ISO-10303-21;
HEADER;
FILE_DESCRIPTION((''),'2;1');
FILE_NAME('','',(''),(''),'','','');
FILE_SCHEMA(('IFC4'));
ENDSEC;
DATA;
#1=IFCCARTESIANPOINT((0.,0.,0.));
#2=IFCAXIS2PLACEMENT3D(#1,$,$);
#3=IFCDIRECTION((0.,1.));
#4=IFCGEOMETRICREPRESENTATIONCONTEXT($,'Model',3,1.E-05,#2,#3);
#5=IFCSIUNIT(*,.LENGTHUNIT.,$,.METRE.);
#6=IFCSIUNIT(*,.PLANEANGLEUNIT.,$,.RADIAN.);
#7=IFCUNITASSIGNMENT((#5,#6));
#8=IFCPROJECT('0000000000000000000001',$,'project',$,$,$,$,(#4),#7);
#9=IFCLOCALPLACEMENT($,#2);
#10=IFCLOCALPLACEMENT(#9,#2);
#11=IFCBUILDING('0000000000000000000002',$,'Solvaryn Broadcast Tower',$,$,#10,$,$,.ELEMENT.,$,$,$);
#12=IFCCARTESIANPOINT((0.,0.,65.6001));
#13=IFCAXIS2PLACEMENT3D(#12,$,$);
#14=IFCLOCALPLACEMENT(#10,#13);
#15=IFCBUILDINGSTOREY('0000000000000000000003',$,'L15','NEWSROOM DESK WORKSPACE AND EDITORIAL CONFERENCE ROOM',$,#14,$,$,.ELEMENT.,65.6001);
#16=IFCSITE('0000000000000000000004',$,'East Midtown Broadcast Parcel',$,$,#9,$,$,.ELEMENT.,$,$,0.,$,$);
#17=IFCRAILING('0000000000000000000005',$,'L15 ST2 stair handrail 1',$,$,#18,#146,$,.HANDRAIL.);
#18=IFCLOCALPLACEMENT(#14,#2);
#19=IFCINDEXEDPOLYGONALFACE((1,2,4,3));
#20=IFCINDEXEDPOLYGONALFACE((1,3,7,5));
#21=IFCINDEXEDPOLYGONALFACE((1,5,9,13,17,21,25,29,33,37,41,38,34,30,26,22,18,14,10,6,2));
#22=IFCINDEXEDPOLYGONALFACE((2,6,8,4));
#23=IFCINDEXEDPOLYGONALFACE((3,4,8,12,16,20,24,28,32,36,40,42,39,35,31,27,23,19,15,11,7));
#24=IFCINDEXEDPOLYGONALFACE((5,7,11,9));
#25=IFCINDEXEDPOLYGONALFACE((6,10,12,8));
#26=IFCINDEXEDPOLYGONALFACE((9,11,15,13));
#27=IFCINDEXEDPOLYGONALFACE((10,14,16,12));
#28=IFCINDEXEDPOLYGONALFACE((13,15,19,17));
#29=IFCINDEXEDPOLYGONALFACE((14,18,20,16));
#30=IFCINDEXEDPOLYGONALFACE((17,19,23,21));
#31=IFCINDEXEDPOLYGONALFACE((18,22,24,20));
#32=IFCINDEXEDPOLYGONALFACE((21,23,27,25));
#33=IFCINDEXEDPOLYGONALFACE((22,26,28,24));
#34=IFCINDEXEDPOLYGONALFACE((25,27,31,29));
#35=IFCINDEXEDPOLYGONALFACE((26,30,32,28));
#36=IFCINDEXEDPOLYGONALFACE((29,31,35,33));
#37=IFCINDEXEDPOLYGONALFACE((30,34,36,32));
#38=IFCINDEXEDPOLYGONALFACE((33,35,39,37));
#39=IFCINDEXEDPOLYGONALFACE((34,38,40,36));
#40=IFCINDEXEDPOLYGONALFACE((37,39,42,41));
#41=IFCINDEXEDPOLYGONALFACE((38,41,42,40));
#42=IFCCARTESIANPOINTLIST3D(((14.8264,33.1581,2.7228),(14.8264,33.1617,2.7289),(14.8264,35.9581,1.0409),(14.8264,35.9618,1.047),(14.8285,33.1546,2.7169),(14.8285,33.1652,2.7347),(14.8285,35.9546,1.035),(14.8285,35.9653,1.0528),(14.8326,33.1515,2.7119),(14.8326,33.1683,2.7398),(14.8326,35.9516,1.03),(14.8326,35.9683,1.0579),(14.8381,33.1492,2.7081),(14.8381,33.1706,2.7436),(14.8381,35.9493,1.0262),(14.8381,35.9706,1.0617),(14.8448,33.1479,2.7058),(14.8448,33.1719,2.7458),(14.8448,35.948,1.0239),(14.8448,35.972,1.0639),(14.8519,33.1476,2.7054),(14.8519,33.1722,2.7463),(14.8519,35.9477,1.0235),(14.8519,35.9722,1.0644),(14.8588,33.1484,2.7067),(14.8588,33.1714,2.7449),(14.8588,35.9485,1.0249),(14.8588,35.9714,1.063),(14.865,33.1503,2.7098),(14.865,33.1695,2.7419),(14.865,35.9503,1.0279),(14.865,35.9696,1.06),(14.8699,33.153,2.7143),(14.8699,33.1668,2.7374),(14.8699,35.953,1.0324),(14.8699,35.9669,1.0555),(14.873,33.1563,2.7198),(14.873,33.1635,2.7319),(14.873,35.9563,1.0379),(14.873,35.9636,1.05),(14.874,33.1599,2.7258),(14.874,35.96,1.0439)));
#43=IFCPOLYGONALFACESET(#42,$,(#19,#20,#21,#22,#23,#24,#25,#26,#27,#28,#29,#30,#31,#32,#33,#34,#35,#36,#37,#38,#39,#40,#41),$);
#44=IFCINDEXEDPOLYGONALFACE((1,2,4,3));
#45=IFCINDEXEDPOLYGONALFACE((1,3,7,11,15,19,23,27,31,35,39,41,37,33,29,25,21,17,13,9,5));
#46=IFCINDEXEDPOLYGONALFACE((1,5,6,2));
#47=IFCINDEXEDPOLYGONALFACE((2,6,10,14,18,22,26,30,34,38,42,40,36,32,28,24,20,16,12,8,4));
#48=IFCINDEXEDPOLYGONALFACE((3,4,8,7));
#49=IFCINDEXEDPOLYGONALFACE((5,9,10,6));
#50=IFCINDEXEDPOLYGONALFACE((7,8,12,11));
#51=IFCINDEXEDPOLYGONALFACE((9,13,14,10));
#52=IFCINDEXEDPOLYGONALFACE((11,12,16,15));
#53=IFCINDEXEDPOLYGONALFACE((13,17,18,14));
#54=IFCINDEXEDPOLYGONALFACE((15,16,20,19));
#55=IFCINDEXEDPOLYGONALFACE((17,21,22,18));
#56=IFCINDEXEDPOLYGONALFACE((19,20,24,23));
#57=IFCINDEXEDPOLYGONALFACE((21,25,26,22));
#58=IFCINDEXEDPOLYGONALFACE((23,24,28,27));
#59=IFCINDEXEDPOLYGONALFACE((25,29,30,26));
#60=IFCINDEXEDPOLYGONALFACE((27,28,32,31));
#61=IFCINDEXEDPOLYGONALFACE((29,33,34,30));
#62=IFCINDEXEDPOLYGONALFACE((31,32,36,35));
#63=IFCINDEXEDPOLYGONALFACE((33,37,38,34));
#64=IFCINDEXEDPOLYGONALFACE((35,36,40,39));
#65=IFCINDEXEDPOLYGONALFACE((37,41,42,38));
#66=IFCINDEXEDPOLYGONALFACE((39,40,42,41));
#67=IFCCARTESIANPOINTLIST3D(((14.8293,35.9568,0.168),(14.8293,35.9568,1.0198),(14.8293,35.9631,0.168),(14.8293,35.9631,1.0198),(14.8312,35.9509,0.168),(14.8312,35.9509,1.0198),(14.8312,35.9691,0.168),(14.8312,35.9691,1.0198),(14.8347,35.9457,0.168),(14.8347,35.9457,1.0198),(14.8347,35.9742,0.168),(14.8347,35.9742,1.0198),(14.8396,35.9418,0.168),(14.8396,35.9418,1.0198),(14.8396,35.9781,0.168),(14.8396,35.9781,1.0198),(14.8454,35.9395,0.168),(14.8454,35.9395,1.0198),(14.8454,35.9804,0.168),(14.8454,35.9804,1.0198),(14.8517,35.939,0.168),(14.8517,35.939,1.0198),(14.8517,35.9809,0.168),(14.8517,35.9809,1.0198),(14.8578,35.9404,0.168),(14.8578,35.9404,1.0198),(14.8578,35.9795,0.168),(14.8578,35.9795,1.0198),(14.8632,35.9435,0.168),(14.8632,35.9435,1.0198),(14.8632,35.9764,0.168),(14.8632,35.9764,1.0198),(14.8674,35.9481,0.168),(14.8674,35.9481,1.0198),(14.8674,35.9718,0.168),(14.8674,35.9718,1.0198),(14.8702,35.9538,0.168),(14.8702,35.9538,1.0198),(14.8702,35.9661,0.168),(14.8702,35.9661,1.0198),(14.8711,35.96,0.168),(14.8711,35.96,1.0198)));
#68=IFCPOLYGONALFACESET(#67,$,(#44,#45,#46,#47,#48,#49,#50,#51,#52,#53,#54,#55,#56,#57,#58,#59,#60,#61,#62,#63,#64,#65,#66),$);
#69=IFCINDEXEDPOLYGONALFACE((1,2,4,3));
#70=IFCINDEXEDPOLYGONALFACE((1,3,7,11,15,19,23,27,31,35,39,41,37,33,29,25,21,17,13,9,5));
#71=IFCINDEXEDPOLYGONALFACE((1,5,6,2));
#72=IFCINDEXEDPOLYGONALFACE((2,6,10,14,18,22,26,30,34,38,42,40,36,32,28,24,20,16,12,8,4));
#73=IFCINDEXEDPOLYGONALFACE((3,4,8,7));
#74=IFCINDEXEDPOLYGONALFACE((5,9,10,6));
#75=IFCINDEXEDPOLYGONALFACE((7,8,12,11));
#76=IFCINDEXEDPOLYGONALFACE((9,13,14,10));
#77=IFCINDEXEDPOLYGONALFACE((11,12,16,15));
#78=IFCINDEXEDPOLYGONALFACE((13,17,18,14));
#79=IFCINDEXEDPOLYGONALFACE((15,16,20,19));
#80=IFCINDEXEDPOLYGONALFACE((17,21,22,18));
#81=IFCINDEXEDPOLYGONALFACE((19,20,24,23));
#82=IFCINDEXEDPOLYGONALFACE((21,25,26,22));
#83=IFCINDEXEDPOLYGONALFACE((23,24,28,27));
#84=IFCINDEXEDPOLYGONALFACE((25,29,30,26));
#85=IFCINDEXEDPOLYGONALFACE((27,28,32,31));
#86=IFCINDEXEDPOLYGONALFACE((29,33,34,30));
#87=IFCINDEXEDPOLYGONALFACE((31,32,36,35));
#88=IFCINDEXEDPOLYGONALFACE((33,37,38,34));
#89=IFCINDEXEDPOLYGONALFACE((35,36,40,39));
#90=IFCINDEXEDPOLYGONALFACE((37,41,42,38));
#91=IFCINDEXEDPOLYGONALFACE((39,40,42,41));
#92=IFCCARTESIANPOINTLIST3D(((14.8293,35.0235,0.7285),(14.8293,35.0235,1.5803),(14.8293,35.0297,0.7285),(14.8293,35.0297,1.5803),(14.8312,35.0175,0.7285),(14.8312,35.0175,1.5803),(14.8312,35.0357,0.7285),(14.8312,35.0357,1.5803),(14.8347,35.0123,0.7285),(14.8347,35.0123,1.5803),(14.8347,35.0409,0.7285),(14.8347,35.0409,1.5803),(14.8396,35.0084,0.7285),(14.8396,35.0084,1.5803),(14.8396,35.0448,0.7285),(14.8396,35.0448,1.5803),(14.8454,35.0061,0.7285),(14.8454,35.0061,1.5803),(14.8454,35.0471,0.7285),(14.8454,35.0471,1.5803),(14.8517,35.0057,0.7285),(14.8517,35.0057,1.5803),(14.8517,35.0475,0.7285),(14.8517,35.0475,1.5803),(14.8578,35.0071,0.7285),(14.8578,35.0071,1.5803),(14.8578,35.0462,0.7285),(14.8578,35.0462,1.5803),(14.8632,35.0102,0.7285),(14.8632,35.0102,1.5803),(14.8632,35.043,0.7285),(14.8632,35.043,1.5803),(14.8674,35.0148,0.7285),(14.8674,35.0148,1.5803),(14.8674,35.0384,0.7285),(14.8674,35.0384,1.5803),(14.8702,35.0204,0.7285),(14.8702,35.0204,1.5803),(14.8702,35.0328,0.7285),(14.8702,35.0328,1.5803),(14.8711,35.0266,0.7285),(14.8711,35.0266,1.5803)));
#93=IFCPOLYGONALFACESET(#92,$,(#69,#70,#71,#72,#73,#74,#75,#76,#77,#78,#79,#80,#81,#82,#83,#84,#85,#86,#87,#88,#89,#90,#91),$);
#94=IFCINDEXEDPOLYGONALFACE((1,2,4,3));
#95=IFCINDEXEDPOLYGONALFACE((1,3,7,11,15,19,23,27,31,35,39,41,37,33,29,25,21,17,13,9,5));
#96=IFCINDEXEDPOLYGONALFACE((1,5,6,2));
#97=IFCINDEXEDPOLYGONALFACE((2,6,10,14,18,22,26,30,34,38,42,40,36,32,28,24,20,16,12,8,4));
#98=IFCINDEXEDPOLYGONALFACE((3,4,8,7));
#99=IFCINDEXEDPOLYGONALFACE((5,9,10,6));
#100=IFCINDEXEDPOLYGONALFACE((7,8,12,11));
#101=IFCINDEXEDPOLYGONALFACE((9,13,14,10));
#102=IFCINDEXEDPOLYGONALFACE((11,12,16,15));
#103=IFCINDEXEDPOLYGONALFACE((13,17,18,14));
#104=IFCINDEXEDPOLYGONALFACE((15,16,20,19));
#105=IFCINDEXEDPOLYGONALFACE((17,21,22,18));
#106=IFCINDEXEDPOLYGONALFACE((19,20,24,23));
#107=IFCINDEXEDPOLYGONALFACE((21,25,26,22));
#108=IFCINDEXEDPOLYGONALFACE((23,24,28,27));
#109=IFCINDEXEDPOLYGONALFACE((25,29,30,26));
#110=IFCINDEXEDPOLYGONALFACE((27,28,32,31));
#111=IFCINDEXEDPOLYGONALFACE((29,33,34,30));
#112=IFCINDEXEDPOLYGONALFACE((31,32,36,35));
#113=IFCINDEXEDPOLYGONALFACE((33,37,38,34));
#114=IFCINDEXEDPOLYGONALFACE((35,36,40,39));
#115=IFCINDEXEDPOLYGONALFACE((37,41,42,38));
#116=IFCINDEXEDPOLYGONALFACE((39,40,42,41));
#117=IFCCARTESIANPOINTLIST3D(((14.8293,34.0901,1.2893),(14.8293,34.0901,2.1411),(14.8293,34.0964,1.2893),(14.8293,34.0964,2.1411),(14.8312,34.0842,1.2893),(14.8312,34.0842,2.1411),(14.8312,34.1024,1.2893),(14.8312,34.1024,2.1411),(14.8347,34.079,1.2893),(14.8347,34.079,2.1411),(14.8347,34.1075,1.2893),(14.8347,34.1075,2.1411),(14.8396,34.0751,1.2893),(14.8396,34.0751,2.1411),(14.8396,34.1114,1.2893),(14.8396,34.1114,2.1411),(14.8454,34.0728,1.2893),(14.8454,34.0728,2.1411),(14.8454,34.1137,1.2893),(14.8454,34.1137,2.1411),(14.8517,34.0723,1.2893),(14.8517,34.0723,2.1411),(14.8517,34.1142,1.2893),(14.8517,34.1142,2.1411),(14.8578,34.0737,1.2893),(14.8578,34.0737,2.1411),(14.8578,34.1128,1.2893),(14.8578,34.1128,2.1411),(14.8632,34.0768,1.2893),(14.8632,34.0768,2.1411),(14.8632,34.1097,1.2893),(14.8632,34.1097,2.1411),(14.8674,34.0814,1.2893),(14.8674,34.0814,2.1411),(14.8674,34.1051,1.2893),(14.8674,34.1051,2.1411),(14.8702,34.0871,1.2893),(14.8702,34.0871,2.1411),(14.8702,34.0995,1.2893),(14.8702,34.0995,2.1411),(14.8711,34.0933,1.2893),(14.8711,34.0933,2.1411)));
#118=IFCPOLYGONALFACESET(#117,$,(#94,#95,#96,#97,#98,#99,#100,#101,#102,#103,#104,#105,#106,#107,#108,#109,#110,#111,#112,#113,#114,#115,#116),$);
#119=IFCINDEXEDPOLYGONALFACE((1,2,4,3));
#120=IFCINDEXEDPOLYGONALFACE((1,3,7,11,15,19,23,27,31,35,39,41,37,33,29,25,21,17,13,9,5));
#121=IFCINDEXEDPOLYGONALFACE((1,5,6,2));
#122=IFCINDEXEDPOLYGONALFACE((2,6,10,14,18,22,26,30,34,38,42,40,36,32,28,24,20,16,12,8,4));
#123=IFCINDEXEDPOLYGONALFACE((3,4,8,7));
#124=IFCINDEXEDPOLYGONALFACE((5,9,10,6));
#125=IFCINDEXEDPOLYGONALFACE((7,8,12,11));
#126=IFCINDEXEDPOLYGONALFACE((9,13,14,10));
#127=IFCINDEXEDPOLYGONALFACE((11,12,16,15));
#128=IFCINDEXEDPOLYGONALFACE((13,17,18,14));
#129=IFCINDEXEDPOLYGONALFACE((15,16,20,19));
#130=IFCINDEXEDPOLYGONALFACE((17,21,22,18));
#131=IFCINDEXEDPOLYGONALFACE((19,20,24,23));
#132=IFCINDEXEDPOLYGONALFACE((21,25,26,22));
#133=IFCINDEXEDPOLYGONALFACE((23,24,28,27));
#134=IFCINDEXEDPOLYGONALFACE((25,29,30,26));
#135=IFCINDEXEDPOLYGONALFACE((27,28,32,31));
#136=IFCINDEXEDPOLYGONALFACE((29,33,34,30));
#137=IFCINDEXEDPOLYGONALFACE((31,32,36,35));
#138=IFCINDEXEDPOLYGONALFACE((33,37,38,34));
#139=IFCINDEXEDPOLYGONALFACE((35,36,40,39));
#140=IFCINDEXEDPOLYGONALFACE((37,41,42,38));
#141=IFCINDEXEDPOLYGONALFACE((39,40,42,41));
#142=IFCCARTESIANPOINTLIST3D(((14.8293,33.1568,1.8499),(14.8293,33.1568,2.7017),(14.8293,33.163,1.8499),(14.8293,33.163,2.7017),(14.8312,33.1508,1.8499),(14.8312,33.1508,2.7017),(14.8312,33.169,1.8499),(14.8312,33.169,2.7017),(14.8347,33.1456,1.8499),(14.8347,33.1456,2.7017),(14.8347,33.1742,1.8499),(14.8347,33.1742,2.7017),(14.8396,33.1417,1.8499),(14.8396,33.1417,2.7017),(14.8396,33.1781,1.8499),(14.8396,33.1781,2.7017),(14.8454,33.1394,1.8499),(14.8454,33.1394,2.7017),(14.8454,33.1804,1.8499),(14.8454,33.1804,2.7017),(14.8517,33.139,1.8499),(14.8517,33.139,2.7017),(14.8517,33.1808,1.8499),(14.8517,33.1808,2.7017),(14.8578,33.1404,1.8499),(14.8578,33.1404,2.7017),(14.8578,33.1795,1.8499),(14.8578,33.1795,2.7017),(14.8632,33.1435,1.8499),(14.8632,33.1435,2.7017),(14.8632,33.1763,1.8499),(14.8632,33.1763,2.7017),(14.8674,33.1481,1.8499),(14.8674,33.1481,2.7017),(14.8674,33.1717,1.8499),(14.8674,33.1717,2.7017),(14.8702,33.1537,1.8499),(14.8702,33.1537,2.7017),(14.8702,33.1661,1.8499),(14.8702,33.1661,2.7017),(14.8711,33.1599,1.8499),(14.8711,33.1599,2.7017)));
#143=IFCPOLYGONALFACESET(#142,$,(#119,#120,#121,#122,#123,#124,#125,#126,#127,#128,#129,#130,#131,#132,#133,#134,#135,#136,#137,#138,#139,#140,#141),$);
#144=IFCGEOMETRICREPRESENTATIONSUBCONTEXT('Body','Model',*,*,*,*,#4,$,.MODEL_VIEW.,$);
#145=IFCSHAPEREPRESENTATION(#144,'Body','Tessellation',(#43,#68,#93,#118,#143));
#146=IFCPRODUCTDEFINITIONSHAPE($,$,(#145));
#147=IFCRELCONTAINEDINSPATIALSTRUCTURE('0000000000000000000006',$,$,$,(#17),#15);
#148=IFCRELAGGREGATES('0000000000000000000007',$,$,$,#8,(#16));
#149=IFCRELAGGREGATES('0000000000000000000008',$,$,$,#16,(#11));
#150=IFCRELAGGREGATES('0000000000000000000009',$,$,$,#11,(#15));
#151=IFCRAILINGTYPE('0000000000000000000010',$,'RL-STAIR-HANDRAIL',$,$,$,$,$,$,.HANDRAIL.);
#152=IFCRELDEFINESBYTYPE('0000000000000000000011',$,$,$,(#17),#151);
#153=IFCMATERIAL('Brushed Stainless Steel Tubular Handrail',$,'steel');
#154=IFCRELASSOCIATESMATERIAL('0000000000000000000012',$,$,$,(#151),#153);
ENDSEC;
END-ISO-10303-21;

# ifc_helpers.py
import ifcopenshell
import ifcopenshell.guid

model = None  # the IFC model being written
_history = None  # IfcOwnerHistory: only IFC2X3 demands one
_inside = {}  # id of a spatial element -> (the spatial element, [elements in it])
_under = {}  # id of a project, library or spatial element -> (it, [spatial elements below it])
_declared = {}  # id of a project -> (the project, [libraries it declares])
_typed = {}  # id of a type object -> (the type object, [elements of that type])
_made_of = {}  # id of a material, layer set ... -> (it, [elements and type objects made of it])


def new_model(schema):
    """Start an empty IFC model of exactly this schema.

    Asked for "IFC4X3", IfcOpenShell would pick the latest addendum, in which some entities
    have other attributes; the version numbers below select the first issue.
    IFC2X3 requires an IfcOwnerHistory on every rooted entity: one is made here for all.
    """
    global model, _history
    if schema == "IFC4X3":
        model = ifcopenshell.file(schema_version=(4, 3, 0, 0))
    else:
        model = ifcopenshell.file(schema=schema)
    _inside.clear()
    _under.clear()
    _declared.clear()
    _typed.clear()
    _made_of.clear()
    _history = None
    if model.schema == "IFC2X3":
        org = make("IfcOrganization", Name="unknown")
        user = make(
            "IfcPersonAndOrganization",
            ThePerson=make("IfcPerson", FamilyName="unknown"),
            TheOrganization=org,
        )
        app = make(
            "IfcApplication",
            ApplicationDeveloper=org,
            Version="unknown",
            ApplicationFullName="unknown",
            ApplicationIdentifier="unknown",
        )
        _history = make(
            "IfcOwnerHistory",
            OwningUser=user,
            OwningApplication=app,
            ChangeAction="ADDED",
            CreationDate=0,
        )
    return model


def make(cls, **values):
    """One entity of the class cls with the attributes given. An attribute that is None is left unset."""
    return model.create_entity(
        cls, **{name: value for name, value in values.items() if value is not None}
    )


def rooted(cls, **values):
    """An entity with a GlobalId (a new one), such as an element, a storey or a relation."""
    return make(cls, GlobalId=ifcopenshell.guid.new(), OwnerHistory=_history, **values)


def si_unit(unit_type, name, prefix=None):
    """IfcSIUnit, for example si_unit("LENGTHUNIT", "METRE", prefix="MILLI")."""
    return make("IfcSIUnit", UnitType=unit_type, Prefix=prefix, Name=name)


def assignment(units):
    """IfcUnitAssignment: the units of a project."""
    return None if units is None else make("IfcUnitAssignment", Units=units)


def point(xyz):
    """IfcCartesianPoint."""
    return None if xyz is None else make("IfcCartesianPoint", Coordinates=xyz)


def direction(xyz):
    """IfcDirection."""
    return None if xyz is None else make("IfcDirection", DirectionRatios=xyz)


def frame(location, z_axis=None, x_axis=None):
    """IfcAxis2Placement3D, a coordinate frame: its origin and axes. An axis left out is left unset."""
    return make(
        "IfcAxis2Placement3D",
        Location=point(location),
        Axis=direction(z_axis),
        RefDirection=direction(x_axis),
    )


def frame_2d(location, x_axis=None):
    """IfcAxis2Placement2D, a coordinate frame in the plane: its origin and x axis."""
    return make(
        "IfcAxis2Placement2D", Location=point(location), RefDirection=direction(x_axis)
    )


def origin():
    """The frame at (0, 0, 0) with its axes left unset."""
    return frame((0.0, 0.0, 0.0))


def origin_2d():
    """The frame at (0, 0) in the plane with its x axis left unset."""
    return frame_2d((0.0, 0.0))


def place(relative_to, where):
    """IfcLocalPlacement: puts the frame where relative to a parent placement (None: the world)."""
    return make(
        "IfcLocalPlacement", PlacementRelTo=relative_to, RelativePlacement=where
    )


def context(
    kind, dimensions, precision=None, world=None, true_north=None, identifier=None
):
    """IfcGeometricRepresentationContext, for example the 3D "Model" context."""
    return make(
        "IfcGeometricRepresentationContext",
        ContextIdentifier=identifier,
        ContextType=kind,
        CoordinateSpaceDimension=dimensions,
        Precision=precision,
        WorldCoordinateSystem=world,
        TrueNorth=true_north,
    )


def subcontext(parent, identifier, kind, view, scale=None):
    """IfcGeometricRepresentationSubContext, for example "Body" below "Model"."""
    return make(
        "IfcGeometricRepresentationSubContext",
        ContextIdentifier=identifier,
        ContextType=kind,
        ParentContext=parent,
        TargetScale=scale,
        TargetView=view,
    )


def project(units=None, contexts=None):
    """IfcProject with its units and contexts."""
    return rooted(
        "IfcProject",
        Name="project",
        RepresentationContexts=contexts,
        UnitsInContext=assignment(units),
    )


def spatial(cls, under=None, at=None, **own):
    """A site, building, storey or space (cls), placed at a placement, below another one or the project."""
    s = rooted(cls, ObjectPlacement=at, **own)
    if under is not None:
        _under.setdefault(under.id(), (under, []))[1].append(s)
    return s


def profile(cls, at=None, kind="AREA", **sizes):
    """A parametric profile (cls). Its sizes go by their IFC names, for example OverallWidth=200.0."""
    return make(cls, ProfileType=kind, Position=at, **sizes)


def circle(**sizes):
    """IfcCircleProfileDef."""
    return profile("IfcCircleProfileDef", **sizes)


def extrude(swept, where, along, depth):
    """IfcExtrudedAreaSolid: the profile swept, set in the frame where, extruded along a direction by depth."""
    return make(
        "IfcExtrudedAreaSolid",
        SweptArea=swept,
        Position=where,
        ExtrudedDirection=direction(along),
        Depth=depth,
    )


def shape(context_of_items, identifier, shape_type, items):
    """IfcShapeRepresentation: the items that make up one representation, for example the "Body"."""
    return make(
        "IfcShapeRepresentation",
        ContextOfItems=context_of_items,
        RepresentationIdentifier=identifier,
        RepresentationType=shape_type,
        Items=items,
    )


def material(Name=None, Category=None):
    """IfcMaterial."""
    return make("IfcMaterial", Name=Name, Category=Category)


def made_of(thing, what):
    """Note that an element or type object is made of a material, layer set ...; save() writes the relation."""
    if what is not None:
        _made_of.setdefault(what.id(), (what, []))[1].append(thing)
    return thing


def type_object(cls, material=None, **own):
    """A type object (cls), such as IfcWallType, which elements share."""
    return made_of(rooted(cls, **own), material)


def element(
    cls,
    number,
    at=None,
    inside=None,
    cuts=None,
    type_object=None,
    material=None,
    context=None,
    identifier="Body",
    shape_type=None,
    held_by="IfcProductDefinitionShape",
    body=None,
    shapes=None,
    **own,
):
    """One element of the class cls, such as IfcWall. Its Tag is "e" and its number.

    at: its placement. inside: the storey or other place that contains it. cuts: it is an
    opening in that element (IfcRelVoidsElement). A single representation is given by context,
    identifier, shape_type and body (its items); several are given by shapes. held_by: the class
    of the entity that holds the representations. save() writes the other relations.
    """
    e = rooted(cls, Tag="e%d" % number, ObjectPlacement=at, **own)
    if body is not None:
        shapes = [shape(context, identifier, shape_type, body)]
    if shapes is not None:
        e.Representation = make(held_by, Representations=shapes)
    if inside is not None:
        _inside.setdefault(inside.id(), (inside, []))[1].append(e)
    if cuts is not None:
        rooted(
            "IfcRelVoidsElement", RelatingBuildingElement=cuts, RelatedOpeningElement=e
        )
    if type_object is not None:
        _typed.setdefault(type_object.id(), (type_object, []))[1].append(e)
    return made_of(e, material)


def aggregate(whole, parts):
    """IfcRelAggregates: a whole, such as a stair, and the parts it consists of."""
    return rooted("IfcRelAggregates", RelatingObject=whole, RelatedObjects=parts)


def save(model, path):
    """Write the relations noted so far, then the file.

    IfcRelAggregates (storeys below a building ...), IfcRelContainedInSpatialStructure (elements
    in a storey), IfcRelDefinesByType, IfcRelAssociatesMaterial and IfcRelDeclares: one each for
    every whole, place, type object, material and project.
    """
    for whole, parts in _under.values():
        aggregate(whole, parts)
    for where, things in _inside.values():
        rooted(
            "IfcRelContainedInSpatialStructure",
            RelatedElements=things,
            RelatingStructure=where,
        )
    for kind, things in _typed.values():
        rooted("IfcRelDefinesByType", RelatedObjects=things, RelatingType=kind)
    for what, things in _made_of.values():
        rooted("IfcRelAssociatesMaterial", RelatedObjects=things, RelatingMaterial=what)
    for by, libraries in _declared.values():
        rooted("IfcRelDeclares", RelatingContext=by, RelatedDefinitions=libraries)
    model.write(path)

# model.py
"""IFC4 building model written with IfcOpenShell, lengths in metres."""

from ifc_helpers import new_model, si_unit, direction, frame, origin, origin_2d, place, context, subcontext, project, spatial, circle, extrude, material, type_object, element, save


model = new_model("IFC4")

# Units and contexts
model_context = context("Model", 3, precision=1e-05, world=origin(), true_north=direction((0.0, 1.0)))
body_context = subcontext(model_context, "Body", "Model", "MODEL_VIEW")
ifc_project = project(units=[si_unit("LENGTHUNIT", "METRE"), si_unit("PLANEANGLEUNIT", "RADIAN")], contexts=[model_context])

# Site, building, storey
site_placement = place(None, origin())
site = spatial("IfcSite", under=ifc_project, at=site_placement, Name="East Midtown Broadcast Parcel", CompositionType="ELEMENT", RefElevation=0.0)
building_placement = place(site_placement, origin())
building = spatial("IfcBuilding", under=site, at=building_placement, Name="Solvaryn Broadcast Tower", CompositionType="ELEMENT")
storey_placement = place(building_placement, frame((0.0, 0.0, 65.6001)))
storey = spatial("IfcBuildingStorey", under=building, at=storey_placement, Name="L15", Description="NEWSROOM DESK WORKSPACE AND EDITORIAL CONFERENCE ROOM", CompositionType="ELEMENT", Elevation=65.6001)

# Railing
ifc_material_1 = material(Name="Brushed Stainless Steel Tubular Handrail", Category="steel")
railing_type_1 = type_object("IfcRailingType", Name="RL-STAIR-HANDRAIL", PredefinedType="HANDRAIL", material=ifc_material_1)
railing_1_placement = place(storey_placement, frame((14.8501, 35.96, 0.168)))
element("IfcRailing", 1, at=railing_1_placement, inside=storey, type_object=railing_type_1, Name="L15 ST2 stair handrail 1", PredefinedType="HANDRAIL", context=body_context, shape_type="SweptSolid", body=[
    extrude(circle(Radius=0.0239, at=origin_2d()), frame((0.0, 0.0, 0.876), z_axis=(0.0, -0.857242, 0.514913), x_axis=(1.0, 0.0, 0.0)), (0.0, 0.0, 1.0), 3.2664),
    extrude(circle(Radius=0.021, at=origin_2d()), origin(), (0.0, 0.0, 1.0), 0.8518),
    extrude(circle(Radius=0.021, at=origin_2d()), frame((0.0, -0.9333, 0.5605)), (0.0, 0.0, 1.0), 0.8518),
    extrude(circle(Radius=0.021, at=origin_2d()), frame((0.0, -1.8667, 1.1213)), (0.0, 0.0, 1.0), 0.8518),
    extrude(circle(Radius=0.021, at=origin_2d()), frame((0.0, -2.8, 1.6819)), (0.0, 0.0, 1.0), 0.8518),
])

save(model, "model.ifc")
